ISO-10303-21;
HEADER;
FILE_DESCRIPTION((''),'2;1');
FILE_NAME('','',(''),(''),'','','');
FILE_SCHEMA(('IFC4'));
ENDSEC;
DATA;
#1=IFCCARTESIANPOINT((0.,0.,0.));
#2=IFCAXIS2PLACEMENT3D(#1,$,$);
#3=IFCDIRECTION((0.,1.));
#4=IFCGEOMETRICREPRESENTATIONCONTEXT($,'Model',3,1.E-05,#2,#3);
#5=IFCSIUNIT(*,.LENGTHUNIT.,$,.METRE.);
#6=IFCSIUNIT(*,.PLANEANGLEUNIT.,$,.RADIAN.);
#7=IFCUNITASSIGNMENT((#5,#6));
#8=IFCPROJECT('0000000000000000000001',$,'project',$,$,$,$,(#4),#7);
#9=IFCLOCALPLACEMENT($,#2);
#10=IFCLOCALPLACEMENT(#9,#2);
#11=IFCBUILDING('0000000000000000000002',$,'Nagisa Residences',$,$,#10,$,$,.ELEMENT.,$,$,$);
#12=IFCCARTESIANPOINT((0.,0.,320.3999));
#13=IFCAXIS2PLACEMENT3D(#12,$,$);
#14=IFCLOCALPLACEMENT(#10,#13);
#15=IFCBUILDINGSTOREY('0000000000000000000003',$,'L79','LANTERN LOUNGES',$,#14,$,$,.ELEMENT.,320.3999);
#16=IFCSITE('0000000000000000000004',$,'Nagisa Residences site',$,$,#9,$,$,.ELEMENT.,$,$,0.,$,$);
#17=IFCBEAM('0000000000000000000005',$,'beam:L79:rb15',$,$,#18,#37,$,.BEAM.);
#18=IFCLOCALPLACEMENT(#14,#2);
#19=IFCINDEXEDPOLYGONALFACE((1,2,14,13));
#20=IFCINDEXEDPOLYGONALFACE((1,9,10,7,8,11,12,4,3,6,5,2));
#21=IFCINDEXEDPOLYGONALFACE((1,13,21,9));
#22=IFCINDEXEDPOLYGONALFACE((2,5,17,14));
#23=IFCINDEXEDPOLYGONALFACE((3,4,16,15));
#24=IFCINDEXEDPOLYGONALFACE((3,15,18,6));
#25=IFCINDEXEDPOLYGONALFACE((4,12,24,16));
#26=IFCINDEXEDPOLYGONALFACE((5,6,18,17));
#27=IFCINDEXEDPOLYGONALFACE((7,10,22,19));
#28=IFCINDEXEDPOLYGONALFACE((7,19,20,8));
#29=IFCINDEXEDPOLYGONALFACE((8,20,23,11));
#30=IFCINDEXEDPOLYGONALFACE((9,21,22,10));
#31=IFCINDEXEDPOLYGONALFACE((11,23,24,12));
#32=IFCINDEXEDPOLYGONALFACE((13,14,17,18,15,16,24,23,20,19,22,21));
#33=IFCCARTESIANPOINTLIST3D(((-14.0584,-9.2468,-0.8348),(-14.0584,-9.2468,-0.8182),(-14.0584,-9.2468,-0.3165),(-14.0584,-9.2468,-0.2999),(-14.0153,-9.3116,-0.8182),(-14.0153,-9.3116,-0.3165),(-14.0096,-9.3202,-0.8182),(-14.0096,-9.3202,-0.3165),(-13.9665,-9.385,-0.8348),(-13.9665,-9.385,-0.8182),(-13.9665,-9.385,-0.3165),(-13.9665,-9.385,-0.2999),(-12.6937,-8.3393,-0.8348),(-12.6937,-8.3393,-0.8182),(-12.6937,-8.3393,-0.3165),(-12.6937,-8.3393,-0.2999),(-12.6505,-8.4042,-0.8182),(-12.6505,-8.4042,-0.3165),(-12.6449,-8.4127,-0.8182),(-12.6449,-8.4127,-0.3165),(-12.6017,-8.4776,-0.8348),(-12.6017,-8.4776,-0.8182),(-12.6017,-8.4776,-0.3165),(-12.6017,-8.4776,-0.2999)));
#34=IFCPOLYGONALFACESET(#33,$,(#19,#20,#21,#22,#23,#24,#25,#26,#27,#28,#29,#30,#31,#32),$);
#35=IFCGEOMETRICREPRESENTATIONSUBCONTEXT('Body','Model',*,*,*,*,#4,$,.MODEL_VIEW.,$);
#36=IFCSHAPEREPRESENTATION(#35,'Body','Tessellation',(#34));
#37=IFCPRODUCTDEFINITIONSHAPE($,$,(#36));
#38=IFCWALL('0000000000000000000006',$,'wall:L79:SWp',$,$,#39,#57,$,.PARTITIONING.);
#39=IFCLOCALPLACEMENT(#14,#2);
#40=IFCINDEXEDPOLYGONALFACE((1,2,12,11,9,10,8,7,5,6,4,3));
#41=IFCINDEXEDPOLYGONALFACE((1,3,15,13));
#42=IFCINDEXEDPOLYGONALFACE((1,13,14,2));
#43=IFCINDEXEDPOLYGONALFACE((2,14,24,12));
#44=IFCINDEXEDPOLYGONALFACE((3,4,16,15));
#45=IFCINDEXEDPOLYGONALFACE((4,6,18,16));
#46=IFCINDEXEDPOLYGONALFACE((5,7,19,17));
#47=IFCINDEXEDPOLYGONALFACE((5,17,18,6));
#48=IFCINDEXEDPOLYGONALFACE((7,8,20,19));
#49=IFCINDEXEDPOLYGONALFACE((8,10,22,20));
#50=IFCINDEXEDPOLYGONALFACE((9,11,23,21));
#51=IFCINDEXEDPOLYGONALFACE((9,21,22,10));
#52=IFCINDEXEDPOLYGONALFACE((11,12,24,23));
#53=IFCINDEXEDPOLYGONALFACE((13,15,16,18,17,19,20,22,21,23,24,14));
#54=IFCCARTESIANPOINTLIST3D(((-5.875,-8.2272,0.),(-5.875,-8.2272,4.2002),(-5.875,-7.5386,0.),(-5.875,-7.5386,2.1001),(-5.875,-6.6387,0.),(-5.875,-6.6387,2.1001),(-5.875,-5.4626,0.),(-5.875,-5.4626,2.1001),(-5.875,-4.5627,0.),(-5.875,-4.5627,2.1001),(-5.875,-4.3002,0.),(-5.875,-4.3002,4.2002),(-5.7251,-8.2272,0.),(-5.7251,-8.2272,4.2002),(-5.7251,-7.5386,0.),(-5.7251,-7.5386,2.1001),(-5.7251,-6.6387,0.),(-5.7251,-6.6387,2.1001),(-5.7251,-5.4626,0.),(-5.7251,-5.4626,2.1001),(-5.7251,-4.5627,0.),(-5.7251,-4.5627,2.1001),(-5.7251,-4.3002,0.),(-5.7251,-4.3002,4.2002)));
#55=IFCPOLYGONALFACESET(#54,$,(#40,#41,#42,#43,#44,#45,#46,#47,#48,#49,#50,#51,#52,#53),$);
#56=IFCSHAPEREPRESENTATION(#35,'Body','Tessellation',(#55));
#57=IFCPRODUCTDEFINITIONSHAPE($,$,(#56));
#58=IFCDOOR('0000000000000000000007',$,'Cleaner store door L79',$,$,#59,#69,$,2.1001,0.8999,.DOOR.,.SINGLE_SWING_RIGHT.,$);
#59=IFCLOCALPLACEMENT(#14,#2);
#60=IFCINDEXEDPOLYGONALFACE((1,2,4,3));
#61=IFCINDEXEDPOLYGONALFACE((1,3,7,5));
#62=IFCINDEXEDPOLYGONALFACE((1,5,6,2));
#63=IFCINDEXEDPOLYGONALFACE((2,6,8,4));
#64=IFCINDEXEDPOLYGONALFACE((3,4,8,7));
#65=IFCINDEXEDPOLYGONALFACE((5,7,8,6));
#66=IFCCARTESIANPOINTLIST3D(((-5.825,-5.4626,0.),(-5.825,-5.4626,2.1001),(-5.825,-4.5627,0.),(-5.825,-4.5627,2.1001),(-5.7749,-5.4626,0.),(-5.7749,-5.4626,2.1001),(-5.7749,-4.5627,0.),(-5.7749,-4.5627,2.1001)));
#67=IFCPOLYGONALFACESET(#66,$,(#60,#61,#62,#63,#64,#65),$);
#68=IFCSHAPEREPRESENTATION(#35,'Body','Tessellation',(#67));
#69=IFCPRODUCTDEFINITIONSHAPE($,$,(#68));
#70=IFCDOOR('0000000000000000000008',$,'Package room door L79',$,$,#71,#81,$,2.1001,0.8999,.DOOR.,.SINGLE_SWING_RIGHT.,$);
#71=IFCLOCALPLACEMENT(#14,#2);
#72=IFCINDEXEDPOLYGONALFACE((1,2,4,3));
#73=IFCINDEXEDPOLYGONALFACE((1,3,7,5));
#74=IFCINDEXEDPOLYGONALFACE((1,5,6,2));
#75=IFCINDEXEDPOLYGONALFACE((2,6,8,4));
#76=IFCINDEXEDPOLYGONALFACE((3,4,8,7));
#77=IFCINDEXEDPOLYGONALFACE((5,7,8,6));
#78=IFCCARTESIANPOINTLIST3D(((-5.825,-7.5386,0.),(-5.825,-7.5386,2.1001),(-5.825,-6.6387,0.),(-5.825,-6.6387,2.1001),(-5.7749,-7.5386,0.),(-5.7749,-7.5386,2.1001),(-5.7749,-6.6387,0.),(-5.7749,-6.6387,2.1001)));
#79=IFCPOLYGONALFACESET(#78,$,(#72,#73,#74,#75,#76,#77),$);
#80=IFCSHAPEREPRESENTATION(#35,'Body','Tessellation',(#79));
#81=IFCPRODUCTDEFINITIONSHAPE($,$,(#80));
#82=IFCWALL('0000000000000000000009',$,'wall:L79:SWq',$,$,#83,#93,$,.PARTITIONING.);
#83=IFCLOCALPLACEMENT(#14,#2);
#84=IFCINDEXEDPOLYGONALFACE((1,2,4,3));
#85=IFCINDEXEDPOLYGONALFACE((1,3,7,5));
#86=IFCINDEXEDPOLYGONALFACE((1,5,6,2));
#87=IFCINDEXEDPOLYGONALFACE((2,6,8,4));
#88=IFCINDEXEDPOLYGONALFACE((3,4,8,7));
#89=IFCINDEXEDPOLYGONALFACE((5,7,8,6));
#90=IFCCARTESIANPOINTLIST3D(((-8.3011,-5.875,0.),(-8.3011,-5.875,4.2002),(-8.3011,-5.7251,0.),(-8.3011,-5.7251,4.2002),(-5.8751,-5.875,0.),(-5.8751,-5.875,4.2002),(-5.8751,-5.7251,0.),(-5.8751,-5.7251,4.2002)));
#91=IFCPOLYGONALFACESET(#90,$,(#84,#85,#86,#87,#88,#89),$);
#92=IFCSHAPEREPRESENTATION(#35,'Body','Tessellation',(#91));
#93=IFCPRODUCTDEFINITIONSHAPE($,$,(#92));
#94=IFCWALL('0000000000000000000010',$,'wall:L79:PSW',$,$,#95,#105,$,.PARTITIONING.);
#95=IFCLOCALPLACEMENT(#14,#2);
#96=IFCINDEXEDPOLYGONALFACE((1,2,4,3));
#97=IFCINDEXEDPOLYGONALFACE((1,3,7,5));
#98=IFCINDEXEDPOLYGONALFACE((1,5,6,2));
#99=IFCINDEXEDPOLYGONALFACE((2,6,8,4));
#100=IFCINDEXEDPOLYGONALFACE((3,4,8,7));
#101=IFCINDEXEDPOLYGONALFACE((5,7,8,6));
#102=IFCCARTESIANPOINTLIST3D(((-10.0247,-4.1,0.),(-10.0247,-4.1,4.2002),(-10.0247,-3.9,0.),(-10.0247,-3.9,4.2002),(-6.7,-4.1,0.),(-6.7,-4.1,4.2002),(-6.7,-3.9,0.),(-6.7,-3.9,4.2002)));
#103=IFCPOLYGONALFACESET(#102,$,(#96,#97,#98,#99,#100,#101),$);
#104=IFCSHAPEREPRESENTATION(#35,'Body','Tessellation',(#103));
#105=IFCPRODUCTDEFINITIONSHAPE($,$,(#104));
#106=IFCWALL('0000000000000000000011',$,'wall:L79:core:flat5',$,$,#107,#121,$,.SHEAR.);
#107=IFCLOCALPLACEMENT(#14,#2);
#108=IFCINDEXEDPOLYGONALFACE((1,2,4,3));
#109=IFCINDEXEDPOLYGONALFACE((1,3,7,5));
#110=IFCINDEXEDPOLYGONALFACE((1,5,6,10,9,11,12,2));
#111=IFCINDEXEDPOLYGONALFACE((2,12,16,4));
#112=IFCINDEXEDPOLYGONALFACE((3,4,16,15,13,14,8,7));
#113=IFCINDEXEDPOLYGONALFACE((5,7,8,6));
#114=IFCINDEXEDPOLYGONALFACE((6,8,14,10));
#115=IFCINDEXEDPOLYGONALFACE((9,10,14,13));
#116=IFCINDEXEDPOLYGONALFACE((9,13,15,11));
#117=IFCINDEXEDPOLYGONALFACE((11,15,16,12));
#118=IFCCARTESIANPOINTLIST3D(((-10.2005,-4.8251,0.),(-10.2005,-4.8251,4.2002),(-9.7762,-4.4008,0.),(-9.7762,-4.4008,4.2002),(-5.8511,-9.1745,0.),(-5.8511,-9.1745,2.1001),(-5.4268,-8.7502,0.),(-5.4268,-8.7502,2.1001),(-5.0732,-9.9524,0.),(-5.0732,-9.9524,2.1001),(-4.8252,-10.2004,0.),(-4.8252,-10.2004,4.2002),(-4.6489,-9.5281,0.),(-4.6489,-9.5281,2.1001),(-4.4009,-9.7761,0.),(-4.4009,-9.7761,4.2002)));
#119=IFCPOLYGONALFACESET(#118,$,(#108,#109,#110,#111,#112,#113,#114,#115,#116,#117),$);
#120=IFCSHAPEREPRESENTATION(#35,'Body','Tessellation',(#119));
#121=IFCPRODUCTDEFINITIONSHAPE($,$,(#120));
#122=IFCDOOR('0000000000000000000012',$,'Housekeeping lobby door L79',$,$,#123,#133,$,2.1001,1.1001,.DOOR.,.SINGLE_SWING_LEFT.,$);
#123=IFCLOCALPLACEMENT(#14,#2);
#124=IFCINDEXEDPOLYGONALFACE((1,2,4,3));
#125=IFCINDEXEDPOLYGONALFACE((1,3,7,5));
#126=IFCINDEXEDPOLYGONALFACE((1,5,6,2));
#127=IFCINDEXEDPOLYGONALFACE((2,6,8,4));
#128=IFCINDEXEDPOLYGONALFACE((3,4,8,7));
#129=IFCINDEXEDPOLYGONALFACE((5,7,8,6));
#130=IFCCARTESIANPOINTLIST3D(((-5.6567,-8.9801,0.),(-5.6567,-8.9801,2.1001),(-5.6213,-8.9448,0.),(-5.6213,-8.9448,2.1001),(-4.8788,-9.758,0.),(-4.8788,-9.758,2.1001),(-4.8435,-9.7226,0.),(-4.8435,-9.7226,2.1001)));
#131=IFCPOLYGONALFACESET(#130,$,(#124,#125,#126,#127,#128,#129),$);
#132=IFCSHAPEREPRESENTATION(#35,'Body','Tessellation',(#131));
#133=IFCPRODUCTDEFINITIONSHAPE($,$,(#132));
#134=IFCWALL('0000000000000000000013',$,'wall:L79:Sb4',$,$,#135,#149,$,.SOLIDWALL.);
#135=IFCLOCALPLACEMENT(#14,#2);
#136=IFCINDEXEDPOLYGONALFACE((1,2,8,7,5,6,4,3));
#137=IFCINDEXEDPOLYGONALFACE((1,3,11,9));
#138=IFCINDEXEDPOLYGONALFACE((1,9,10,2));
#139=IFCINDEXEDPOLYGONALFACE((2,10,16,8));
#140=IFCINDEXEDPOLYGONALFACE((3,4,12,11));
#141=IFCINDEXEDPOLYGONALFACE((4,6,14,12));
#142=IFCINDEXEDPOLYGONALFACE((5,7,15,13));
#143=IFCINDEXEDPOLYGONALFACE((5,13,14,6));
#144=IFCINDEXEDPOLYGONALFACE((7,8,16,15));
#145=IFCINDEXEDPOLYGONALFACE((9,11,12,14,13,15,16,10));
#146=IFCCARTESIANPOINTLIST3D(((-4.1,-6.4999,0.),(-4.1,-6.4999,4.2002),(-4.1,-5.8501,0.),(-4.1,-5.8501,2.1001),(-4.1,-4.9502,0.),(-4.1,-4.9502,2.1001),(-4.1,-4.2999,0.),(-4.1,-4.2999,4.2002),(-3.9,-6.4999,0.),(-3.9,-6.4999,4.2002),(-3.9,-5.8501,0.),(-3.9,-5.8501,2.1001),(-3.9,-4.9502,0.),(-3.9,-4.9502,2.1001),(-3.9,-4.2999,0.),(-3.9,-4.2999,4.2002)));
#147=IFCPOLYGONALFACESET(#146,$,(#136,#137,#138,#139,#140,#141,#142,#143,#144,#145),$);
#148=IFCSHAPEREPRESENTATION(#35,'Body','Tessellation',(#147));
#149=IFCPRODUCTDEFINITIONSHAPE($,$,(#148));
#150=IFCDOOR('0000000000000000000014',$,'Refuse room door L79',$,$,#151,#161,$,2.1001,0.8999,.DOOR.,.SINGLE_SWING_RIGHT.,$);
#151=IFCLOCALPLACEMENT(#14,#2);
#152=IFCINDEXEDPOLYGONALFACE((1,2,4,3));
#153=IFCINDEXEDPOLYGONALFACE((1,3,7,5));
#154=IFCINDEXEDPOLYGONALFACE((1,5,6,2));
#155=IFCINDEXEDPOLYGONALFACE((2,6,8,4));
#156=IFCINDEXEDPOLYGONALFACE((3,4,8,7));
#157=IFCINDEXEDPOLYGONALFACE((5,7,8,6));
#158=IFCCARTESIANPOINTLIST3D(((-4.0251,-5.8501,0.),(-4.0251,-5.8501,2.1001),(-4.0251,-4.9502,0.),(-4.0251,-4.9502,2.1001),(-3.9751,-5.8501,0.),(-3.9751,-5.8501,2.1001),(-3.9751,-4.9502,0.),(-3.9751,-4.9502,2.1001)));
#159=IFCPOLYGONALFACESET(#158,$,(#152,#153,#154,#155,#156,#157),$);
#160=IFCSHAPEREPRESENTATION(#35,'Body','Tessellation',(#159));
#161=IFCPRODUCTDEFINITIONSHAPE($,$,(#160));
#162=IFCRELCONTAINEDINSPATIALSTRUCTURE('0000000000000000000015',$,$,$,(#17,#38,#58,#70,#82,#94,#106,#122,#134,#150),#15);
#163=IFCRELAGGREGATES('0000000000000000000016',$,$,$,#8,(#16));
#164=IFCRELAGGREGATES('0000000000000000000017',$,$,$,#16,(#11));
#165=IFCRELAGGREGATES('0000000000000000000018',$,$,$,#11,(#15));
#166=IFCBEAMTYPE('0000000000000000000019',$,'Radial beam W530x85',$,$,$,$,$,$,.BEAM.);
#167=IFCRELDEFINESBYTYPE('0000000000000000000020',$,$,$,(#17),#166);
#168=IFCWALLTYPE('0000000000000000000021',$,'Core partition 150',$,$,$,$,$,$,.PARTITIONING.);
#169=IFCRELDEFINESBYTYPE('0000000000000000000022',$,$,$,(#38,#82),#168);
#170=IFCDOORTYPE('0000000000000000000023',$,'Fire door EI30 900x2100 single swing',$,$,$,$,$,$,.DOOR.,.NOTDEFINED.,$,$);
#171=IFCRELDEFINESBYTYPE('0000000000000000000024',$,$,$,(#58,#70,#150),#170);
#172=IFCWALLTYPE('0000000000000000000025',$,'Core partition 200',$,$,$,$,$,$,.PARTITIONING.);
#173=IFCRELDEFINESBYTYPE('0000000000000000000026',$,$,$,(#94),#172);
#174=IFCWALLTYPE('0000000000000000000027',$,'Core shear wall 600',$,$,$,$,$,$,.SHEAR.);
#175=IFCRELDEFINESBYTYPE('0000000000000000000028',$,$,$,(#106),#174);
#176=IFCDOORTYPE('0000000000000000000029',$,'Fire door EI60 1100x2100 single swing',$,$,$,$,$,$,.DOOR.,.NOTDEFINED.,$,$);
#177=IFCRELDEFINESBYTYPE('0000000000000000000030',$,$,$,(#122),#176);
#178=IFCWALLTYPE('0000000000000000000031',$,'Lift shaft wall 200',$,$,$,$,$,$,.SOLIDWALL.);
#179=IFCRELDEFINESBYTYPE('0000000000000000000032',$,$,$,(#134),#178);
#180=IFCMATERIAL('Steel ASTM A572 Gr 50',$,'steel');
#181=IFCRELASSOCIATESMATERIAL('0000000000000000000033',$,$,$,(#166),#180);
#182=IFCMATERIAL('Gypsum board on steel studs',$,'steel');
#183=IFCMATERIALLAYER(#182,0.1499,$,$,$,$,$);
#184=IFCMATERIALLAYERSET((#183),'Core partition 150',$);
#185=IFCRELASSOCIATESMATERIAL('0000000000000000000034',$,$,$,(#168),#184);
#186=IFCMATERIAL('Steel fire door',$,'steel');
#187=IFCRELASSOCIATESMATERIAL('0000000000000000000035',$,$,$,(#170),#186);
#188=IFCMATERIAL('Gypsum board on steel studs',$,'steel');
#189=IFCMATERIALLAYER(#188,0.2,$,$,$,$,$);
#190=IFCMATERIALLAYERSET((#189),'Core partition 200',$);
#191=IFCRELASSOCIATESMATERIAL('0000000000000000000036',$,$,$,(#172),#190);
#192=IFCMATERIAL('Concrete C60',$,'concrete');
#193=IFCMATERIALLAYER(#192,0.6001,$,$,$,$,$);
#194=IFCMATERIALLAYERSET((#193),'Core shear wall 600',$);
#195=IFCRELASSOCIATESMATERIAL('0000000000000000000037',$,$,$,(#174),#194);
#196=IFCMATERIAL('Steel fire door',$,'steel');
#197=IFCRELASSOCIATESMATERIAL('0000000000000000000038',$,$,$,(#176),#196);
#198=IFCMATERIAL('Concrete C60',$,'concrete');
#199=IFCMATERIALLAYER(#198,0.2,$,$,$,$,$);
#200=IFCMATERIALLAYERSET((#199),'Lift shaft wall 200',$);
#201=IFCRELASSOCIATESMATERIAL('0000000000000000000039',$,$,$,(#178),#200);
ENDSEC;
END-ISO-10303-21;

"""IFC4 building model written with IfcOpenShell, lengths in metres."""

from ifc_helpers import new_model, si_unit, direction, frame, frame_2d, origin, origin_2d, place, context, subcontext, project, spatial, rectangle, i_section, extrude, material, layer, layer_set, material_profile, profile_set, type_object, element, fill, save


model = new_model("IFC4")

# Units and contexts
model_context = context("Model", 3, precision=1e-05, world=origin(), true_north=direction((0.0, 1.0)))
body_context = subcontext(model_context, "Body", "Model", "MODEL_VIEW")
ifc_project = project(units=[si_unit("LENGTHUNIT", "METRE"), si_unit("PLANEANGLEUNIT", "RADIAN")], contexts=[model_context])

# Site, building, storey
site_placement = place(None, origin())
site = spatial("IfcSite", under=ifc_project, at=site_placement, Name="Nagisa Residences site", CompositionType="ELEMENT", RefElevation=0.0)
building_placement = place(site_placement, origin())
building = spatial("IfcBuilding", under=site, at=building_placement, Name="Nagisa Residences", CompositionType="ELEMENT")
storey_placement = place(building_placement, frame((0.0, 0.0, 320.3999)))
storey = spatial("IfcBuildingStorey", under=building, at=storey_placement, Name="L79", Description="LANTERN LOUNGES", CompositionType="ELEMENT", Elevation=320.3999)

# Beam
ifc_material_1 = material(Name="Steel ASTM A572 Gr 50", Category="steel")
ifc_material_profile = material_profile(ifc_material_1, i_section(OverallWidth=0.166, OverallDepth=0.5349, WebThickness=0.0103, FlangeThickness=0.0166, at=origin_2d()), Name="W530x85")
ifc_profile_set = profile_set([ifc_material_profile], Name="Steel ASTM A572 Gr 50")
beam_type = type_object("IfcBeamType", Name="Radial beam W530x85", PredefinedType="BEAM", material=ifc_profile_set)
beam_placement = place(storey_placement, frame((-14.0125, -9.3159, -0.5674), z_axis=(0.832714, 0.553703, 0.0), x_axis=(-0.553703, 0.832714, 0.0)))
element("IfcBeam", 1, at=beam_placement, inside=storey, type_object=beam_type, Name="beam:L79:rb15", PredefinedType="BEAM", context=body_context, shape_type="SweptSolid", body=[
    extrude(i_section(OverallWidth=0.166, OverallDepth=0.5349, WebThickness=0.0103, FlangeThickness=0.0166, at=origin_2d()), origin(), (0.0, 0.0, 1.0), 1.6389),
])

# Wall, openings, doors
ifc_material_2 = material(Name="Gypsum board on steel studs", Category="steel")
ifc_layer_1 = layer(ifc_material_2, 0.1499)
ifc_layer_set_1 = layer_set([ifc_layer_1], Name="Core partition 150")
wall_type_1 = type_object("IfcWallType", Name="Core partition 150", PredefinedType="PARTITIONING", material=ifc_layer_set_1)
wall_1_placement = place(storey_placement, frame((-5.8, -8.2271, 0.0), z_axis=(0.0, 0.0, 1.0), x_axis=(0.0, 1.0, 0.0)))
wall_1 = element("IfcWall", 2, at=wall_1_placement, inside=storey, type_object=wall_type_1, Name="wall:L79:SWp", PredefinedType="PARTITIONING", context=body_context, shape_type="SweptSolid", body=[
    extrude(rectangle(XDim=3.927, YDim=0.1499, at=frame_2d((1.9634, 0.0))), origin(), (0.0, 0.0, 1.0), 4.2002),
])
opening_1_placement = place(wall_1_placement, frame((2.7644, 0.0, 0.0)))
opening_1 = element("IfcOpeningElement", 3, at=opening_1_placement, cuts=wall_1, PredefinedType="OPENING", context=body_context, shape_type="SweptSolid", body=[
    extrude(rectangle(XDim=0.8999, YDim=2.1001, at=frame_2d((0.45, 1.05))), frame((0.0, 0.085, 0.0), z_axis=(0.0, -1.0, 0.0), x_axis=(1.0, 0.0, 0.0)), (0.0, 0.0, 1.0), 0.1699),
])
opening_2_placement = place(wall_1_placement, frame((0.6885, 0.0, 0.0)))
opening_2 = element("IfcOpeningElement", 4, at=opening_2_placement, cuts=wall_1, PredefinedType="OPENING", context=body_context, shape_type="SweptSolid", body=[
    extrude(rectangle(XDim=0.8999, YDim=2.1001, at=frame_2d((0.45, 1.05))), frame((0.0, 0.085, 0.0), z_axis=(0.0, -1.0, 0.0), x_axis=(1.0, 0.0, 0.0)), (0.0, 0.0, 1.0), 0.1699),
])
ifc_material_3 = material(Name="Steel fire door", Category="steel")
door_type_1 = type_object("IfcDoorType", Name="Fire door EI30 900x2100 single swing", OperationType="NOTDEFINED", PredefinedType="DOOR", material=ifc_material_3)
door_1_placement = place(opening_1_placement, origin())
door_1 = element("IfcDoor", 5, at=door_1_placement, inside=storey, type_object=door_type_1, Name="Cleaner store door L79", OperationType="SINGLE_SWING_RIGHT", OverallHeight=2.1001, OverallWidth=0.8999, PredefinedType="DOOR", context=body_context, shape_type="SweptSolid", body=[
    extrude(rectangle(XDim=0.8999, YDim=2.1001, at=frame_2d((0.45, 1.05))), frame((0.0, 0.0249, 0.0), z_axis=(0.0, -1.0, 0.0), x_axis=(1.0, 0.0, 0.0)), (0.0, 0.0, 1.0), 0.05),
])
fill(opening_1, door_1)
door_2_placement = place(opening_2_placement, origin())
door_2 = element("IfcDoor", 6, at=door_2_placement, inside=storey, type_object=door_type_1, Name="Package room door L79", OperationType="SINGLE_SWING_RIGHT", OverallHeight=2.1001, OverallWidth=0.8999, PredefinedType="DOOR", context=body_context, shape_type="SweptSolid", body=[
    extrude(rectangle(XDim=0.8999, YDim=2.1001, at=frame_2d((0.45, 1.05))), frame((0.0, 0.0249, 0.0), z_axis=(0.0, -1.0, 0.0), x_axis=(1.0, 0.0, 0.0)), (0.0, 0.0, 1.0), 0.05),
])
fill(opening_2, door_2)

# Walls
wall_2_placement = place(storey_placement, frame((-8.301, -5.8, 0.0), z_axis=(0.0, 0.0, 1.0), x_axis=(1.0, 0.0, 0.0)))
element("IfcWall", 7, at=wall_2_placement, inside=storey, type_object=wall_type_1, Name="wall:L79:SWq", PredefinedType="PARTITIONING", context=body_context, shape_type="SweptSolid", body=[
    extrude(rectangle(XDim=2.426, YDim=0.1499, at=frame_2d((1.2129, 0.0))), origin(), (0.0, 0.0, 1.0), 4.2002),
])
ifc_material_4 = material(Name="Gypsum board on steel studs", Category="steel")
ifc_layer_2 = layer(ifc_material_4, 0.2)
ifc_layer_set_2 = layer_set([ifc_layer_2], Name="Core partition 200")
wall_type_2 = type_object("IfcWallType", Name="Core partition 200", PredefinedType="PARTITIONING", material=ifc_layer_set_2)
wall_3_placement = place(storey_placement, frame((-10.0247, -4.0, 0.0), z_axis=(0.0, 0.0, 1.0), x_axis=(1.0, 0.0, 0.0)))
element("IfcWall", 8, at=wall_3_placement, inside=storey, type_object=wall_type_2, Name="wall:L79:PSW", PredefinedType="PARTITIONING", context=body_context, shape_type="SweptSolid", body=[
    extrude(rectangle(XDim=3.3247, YDim=0.2, at=frame_2d((1.6624, 0.0))), origin(), (0.0, 0.0, 1.0), 4.2002),
])

# Walls, openings, doors
ifc_material_5 = material(Name="Concrete C60", Category="concrete")
ifc_layer_3 = layer(ifc_material_5, 0.6001)
ifc_layer_set_3 = layer_set([ifc_layer_3], Name="Core shear wall 600")
wall_type_3 = type_object("IfcWallType", Name="Core shear wall 600", PredefinedType="SHEAR", material=ifc_layer_set_3)
wall_4_placement = place(storey_placement, frame((-9.9883, -4.613, 0.0), z_axis=(0.0, 0.0, 1.0), x_axis=(0.707107, -0.707107, 0.0)))
wall_4 = element("IfcWall", 9, at=wall_4_placement, inside=storey, type_object=wall_type_3, Name="wall:L79:core:flat5", PredefinedType="SHEAR", context=body_context, shape_type="SweptSolid", body=[
    extrude(rectangle(XDim=7.6018, YDim=0.6001, at=frame_2d((3.8008, 0.0))), origin(), (0.0, 0.0, 1.0), 4.2002),
])
opening_3_placement = place(wall_4_placement, frame((6.1509, 0.0, 0.0)))
opening_3 = element("IfcOpeningElement", 10, at=opening_3_placement, cuts=wall_4, PredefinedType="OPENING", context=body_context, shape_type="SweptSolid", body=[
    extrude(rectangle(XDim=1.1001, YDim=2.1001, at=frame_2d((0.55, 1.05))), frame((0.0, 0.3101, 0.0), z_axis=(0.0, -1.0, 0.0), x_axis=(1.0, 0.0, 0.0)), (0.0, 0.0, 1.0), 0.6201),
])
ifc_material_6 = material(Name="Steel fire door", Category="steel")
door_type_2 = type_object("IfcDoorType", Name="Fire door EI60 1100x2100 single swing", OperationType="NOTDEFINED", PredefinedType="DOOR", material=ifc_material_6)
door_3_placement = place(opening_3_placement, origin())
door_3 = element("IfcDoor", 11, at=door_3_placement, inside=storey, type_object=door_type_2, Name="Housekeeping lobby door L79", OperationType="SINGLE_SWING_LEFT", OverallHeight=2.1001, OverallWidth=1.1001, PredefinedType="DOOR", context=body_context, shape_type="SweptSolid", body=[
    extrude(rectangle(XDim=1.1001, YDim=2.1001, at=frame_2d((0.55, 1.05))), frame((0.0, 0.0249, 0.0), z_axis=(0.0, -1.0, 0.0), x_axis=(1.0, 0.0, 0.0)), (0.0, 0.0, 1.0), 0.05),
])
fill(opening_3, door_3)
ifc_material_7 = material(Name="Concrete C60", Category="concrete")
ifc_layer_4 = layer(ifc_material_7, 0.2)
ifc_layer_set_4 = layer_set([ifc_layer_4], Name="Lift shaft wall 200")
wall_type_4 = type_object("IfcWallType", Name="Lift shaft wall 200", PredefinedType="SOLIDWALL", material=ifc_layer_set_4)
wall_5_placement = place(storey_placement, frame((-4.0, -6.5, 0.0), z_axis=(0.0, 0.0, 1.0), x_axis=(0.0, 1.0, 0.0)))
wall_5 = element("IfcWall", 12, at=wall_5_placement, inside=storey, type_object=wall_type_4, Name="wall:L79:Sb4", PredefinedType="SOLIDWALL", context=body_context, shape_type="SweptSolid", body=[
    extrude(rectangle(XDim=2.2, YDim=0.2, at=frame_2d((1.1001, 0.0))), origin(), (0.0, 0.0, 1.0), 4.2002),
])
opening_4_placement = place(wall_5_placement, frame((0.6499, 0.0, 0.0)))
opening_4 = element("IfcOpeningElement", 13, at=opening_4_placement, cuts=wall_5, PredefinedType="OPENING", context=body_context, shape_type="SweptSolid", body=[
    extrude(rectangle(XDim=0.8999, YDim=2.1001, at=frame_2d((0.45, 1.05))), frame((0.0, 0.1099, 0.0), z_axis=(0.0, -1.0, 0.0), x_axis=(1.0, 0.0, 0.0)), (0.0, 0.0, 1.0), 0.22),
])
door_4_placement = place(opening_4_placement, frame((0.8999, 0.0, 0.0), x_axis=(-1.0, 0.0, 0.0)))
door_4 = element("IfcDoor", 14, at=door_4_placement, inside=storey, type_object=door_type_1, Name="Refuse room door L79", OperationType="SINGLE_SWING_RIGHT", OverallHeight=2.1001, OverallWidth=0.8999, PredefinedType="DOOR", context=body_context, shape_type="SweptSolid", body=[
    extrude(rectangle(XDim=0.8999, YDim=2.1001, at=frame_2d((0.45, 1.05))), frame((0.0, 0.0249, 0.0), z_axis=(0.0, -1.0, 0.0), x_axis=(1.0, 0.0, 0.0)), (0.0, 0.0, 1.0), 0.05),
])
fill(opening_4, door_4)

save(model, "model.ifc")
